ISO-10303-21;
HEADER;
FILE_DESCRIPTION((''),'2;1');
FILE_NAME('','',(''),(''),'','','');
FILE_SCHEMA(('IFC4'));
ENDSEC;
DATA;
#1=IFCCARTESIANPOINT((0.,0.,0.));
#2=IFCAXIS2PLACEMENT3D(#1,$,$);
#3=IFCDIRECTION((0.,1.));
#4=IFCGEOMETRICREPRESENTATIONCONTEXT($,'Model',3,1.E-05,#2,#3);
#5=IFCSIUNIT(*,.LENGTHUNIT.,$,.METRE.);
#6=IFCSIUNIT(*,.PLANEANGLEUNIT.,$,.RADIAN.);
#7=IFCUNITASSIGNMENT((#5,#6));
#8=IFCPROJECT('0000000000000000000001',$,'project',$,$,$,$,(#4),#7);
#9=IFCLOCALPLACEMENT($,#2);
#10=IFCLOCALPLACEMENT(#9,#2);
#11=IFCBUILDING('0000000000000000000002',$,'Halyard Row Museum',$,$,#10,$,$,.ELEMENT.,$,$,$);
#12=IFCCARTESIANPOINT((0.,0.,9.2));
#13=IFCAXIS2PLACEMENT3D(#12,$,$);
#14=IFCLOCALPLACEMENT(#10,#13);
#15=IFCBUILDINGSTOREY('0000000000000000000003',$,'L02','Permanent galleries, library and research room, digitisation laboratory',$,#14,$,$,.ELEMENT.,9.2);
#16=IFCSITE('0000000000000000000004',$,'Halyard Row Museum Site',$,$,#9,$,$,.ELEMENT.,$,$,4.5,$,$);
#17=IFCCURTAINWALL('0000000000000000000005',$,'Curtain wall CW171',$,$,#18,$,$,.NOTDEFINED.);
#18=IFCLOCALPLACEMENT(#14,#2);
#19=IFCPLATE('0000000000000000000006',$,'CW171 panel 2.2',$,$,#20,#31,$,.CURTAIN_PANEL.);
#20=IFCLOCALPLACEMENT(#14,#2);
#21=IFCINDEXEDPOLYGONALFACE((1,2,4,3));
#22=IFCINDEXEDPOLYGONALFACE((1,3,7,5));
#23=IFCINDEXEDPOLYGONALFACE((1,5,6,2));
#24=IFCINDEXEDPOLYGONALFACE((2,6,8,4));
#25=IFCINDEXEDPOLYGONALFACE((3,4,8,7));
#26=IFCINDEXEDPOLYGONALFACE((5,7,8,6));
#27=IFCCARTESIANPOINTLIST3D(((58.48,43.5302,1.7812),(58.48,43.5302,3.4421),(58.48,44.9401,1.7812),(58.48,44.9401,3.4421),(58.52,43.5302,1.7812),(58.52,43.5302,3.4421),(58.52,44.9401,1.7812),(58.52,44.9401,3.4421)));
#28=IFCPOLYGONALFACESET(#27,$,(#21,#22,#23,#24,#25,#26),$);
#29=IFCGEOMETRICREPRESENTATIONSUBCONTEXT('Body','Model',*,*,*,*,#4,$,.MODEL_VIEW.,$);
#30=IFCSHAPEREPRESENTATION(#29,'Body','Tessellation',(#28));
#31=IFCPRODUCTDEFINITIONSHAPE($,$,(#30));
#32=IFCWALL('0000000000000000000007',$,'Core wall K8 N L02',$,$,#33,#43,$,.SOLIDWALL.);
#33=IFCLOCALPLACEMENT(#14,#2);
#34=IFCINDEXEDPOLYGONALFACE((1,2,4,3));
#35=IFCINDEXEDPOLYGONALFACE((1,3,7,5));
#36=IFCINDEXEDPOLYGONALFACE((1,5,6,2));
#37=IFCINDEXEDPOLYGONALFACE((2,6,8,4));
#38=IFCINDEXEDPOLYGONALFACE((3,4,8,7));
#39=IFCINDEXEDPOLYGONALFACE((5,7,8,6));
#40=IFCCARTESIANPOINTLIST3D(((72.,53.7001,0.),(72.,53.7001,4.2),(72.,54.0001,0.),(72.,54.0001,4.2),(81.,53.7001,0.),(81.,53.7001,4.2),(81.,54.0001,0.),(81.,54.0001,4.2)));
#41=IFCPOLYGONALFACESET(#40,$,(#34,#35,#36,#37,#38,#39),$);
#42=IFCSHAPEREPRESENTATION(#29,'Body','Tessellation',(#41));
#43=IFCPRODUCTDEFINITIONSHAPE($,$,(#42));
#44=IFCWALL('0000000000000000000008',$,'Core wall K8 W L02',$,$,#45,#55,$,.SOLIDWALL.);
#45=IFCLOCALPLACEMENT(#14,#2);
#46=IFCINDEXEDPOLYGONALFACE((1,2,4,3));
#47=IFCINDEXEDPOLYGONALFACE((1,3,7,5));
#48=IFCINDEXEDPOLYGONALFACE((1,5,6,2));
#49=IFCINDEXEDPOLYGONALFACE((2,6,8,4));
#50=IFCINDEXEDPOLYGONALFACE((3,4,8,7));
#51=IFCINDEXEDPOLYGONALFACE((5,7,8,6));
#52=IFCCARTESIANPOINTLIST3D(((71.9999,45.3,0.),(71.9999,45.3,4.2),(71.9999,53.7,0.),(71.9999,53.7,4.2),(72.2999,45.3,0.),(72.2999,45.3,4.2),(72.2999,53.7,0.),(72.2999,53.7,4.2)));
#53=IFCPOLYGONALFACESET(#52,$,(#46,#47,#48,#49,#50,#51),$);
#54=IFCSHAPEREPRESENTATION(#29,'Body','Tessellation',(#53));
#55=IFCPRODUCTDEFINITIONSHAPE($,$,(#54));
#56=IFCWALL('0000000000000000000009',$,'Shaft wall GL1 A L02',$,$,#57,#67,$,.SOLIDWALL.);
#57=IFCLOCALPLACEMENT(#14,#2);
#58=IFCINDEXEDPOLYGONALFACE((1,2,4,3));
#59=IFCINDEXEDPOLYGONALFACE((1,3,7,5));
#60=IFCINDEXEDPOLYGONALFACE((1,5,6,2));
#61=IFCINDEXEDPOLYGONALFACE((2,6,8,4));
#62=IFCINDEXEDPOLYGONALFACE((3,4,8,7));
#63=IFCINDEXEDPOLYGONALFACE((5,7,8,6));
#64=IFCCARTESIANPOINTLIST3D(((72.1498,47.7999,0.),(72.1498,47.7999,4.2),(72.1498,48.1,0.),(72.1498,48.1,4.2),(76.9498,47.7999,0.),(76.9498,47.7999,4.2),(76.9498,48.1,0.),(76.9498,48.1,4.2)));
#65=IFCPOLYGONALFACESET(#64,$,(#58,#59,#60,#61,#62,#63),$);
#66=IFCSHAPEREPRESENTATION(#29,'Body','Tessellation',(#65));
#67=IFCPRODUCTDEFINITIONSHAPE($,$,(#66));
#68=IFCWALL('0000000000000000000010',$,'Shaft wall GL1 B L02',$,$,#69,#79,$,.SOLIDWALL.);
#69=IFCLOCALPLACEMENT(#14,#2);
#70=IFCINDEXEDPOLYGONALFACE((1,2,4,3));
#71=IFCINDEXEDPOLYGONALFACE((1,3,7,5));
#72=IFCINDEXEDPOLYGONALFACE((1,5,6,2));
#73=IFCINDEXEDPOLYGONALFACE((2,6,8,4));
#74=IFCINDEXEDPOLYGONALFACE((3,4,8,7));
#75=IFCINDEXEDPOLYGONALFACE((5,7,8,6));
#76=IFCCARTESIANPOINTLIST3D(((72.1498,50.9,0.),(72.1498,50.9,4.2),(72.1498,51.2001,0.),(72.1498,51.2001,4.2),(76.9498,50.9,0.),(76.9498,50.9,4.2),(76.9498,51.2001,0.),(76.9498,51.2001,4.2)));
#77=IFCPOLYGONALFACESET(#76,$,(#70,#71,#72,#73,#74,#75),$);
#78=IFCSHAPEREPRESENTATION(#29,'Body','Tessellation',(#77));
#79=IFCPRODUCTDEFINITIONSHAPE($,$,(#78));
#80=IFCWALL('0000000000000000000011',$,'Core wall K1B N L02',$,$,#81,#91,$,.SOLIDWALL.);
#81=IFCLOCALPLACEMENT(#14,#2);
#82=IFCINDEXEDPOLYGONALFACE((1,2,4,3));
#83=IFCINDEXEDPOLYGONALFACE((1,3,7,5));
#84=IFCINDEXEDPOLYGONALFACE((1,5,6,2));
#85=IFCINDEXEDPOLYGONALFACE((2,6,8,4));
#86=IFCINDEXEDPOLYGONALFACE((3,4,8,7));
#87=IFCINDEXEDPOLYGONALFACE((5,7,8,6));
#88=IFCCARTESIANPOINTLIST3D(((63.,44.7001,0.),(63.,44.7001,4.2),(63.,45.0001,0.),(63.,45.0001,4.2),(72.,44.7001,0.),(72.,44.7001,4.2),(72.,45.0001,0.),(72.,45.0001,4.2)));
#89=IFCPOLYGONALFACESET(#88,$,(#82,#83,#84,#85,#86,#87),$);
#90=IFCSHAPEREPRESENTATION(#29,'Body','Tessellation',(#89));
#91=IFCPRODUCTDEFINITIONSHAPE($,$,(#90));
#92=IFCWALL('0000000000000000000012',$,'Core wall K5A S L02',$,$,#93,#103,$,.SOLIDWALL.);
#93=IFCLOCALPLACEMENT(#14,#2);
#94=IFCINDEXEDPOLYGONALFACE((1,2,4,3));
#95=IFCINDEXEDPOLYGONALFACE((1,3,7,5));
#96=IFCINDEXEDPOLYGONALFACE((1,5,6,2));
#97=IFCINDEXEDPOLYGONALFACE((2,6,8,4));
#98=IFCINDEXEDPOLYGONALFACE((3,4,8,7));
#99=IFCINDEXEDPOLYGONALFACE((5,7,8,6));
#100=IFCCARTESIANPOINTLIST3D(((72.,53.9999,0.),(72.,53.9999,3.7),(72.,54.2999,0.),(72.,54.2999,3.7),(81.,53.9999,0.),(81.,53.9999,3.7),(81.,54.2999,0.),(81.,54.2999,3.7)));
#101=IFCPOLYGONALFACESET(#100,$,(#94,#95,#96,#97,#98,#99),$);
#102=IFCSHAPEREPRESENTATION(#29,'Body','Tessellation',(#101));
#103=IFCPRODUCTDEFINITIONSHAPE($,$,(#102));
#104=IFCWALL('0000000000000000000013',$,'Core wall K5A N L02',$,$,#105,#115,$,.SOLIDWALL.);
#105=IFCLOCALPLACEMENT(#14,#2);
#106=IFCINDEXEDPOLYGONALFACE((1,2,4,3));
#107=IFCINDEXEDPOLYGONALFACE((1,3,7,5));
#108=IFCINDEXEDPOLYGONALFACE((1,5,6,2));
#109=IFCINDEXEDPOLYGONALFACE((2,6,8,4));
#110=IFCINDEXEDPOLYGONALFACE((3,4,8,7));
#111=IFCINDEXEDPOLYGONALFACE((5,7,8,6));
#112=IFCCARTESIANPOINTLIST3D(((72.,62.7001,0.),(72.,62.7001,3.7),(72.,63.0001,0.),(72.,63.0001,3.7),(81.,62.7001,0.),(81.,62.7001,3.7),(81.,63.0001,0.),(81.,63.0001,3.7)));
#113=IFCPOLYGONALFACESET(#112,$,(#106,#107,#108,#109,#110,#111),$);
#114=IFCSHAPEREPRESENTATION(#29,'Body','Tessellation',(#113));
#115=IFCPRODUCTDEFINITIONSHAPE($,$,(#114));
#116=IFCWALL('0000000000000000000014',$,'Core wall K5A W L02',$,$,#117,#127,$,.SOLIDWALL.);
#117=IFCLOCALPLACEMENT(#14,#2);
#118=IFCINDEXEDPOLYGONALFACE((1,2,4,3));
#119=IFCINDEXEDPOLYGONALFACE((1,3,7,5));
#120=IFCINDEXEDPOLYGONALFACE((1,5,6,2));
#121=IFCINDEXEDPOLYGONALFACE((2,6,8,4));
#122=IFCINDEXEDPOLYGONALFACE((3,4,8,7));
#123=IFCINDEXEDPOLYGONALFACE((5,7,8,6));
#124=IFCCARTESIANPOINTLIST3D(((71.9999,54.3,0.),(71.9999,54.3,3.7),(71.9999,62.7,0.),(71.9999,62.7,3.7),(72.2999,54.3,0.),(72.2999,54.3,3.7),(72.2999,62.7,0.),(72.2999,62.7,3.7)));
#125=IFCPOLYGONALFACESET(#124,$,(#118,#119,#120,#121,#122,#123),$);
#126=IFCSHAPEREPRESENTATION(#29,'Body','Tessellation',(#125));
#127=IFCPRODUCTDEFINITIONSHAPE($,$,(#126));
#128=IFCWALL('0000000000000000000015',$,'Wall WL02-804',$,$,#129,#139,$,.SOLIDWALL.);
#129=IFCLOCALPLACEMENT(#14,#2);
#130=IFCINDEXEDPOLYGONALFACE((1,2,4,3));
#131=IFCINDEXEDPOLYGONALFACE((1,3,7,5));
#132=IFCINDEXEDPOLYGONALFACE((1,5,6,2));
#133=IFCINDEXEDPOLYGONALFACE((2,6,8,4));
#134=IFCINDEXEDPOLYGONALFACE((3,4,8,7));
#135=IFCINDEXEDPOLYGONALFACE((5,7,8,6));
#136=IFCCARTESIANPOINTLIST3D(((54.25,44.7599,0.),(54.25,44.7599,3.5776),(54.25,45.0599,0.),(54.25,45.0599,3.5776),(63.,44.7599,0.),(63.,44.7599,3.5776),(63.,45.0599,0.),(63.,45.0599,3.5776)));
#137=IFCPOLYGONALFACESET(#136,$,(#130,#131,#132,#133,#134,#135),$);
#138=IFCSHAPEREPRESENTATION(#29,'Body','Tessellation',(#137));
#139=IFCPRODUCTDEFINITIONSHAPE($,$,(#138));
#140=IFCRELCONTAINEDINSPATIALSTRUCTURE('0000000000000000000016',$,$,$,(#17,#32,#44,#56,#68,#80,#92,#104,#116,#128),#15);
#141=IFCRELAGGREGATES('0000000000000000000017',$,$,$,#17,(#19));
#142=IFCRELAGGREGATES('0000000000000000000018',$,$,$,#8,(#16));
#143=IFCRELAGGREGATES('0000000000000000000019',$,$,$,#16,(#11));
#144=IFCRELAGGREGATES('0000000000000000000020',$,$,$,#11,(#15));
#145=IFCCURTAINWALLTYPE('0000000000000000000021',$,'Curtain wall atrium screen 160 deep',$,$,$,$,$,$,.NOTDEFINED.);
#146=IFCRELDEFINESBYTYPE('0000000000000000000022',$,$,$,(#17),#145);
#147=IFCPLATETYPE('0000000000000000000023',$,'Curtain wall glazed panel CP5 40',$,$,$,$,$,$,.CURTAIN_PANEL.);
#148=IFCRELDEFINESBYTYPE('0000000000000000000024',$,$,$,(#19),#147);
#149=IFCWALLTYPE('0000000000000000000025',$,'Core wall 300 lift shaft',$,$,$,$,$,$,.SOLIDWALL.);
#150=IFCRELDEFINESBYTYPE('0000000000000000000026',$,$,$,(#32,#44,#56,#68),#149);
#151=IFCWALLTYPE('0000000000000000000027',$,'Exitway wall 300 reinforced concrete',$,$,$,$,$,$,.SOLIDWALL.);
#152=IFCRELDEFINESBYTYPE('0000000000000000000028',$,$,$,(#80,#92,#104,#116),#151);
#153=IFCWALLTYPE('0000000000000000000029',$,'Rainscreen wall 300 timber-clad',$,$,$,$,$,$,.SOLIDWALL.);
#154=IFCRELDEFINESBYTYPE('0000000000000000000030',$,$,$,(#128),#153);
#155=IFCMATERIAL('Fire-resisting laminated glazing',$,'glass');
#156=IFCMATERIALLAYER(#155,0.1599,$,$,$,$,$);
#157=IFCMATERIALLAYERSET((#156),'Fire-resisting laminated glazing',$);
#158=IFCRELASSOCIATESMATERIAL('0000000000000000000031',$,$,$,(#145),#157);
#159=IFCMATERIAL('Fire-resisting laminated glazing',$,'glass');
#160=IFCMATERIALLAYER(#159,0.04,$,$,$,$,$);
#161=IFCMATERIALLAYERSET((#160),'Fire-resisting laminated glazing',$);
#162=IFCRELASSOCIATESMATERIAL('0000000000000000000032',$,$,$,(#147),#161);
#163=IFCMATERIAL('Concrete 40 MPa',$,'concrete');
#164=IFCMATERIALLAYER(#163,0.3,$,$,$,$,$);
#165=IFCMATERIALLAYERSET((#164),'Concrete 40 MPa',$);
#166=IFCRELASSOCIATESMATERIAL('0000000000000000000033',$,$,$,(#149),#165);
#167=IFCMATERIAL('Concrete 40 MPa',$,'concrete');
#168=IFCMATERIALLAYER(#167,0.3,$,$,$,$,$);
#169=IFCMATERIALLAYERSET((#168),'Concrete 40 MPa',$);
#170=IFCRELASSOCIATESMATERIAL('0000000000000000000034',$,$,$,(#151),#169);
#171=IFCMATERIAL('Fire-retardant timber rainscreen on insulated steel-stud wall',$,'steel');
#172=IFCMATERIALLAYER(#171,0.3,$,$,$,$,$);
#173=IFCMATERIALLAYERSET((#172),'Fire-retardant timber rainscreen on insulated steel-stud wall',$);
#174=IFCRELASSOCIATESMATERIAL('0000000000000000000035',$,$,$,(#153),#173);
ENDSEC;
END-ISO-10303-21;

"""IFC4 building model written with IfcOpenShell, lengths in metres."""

from ifc_helpers import new_model, si_unit, direction, frame, frame_2d, origin, origin_2d, place, context, subcontext, project, spatial, rectangle, extrude, material, layer, layer_set, type_object, element, aggregate, save


model = new_model("IFC4")

# Units and contexts
model_context = context("Model", 3, precision=1e-05, world=origin(), true_north=direction((0.0, 1.0)))
body_context = subcontext(model_context, "Body", "Model", "MODEL_VIEW")
ifc_project = project(units=[si_unit("LENGTHUNIT", "METRE"), si_unit("PLANEANGLEUNIT", "RADIAN")], contexts=[model_context])

# Site, building, storey
site_placement = place(None, origin())
site = spatial("IfcSite", under=ifc_project, at=site_placement, Name="Halyard Row Museum Site", CompositionType="ELEMENT", RefElevation=4.5)
building_placement = place(site_placement, origin())
building = spatial("IfcBuilding", under=site, at=building_placement, Name="Halyard Row Museum", CompositionType="ELEMENT")
storey_placement = place(building_placement, frame((0.0, 0.0, 9.2)))
storey = spatial("IfcBuildingStorey", under=building, at=storey_placement, Name="L02", Description="Permanent galleries, library and research room, digitisation laboratory", CompositionType="ELEMENT", Elevation=9.2)

# Curtain wall, plate
ifc_material_1 = material(Name="Fire-resisting laminated glazing", Category="glass")
ifc_layer_1 = layer(ifc_material_1, 0.1599)
ifc_layer_set_1 = layer_set([ifc_layer_1], Name="Fire-resisting laminated glazing")
curtain_wall_type = type_object("IfcCurtainWallType", Name="Curtain wall atrium screen 160 deep", PredefinedType="NOTDEFINED", material=ifc_layer_set_1)
curtain_wall_placement = place(storey_placement, origin())
curtain_wall = element("IfcCurtainWall", 1, at=curtain_wall_placement, inside=storey, type_object=curtain_wall_type, Name="Curtain wall CW171", PredefinedType="NOTDEFINED")
ifc_material_2 = material(Name="Fire-resisting laminated glazing", Category="glass")
ifc_layer_2 = layer(ifc_material_2, 0.04)
ifc_layer_set_2 = layer_set([ifc_layer_2], Name="Fire-resisting laminated glazing")
plate_type = type_object("IfcPlateType", Name="Curtain wall glazed panel CP5 40", PredefinedType="CURTAIN_PANEL", material=ifc_layer_set_2)
plate_1_placement = place(storey_placement, frame((58.5, 44.2351, 1.7812), z_axis=(0.0, 0.0, 1.0), x_axis=(0.0, 1.0, 0.0)))
plate_1 = element("IfcPlate", 2, at=plate_1_placement, type_object=plate_type, Name="CW171 panel 2.2", PredefinedType="CURTAIN_PANEL", context=body_context, shape_type="SweptSolid", body=[
    extrude(rectangle(XDim=1.4099, YDim=0.04, at=origin_2d()), origin(), (0.0, 0.0, 1.0), 1.6609),
])
aggregate(curtain_wall, [plate_1])

# Shared definitions
ifc_material_3 = material(Name="Concrete 40 MPa", Category="concrete")
ifc_layer_3 = layer(ifc_material_3, 0.3)
ifc_layer_set_3 = layer_set([ifc_layer_3], Name="Concrete 40 MPa")
wall_type_1 = type_object("IfcWallType", Name="Core wall 300 lift shaft", PredefinedType="SOLIDWALL", material=ifc_layer_set_3)

# Walls
wall_1_placement = place(storey_placement, frame((72.0, 53.8501, 0.0), z_axis=(0.0, 0.0, 1.0), x_axis=(1.0, 0.0, 0.0)))
element("IfcWall", 3, at=wall_1_placement, inside=storey, type_object=wall_type_1, Name="Core wall K8 N L02", PredefinedType="SOLIDWALL", context=body_context, shape_type="SweptSolid", body=[
    extrude(rectangle(XDim=9.0, YDim=0.3, at=frame_2d((4.5, 0.0))), origin(), (0.0, 0.0, 1.0), 4.2),
])
wall_2_placement = place(storey_placement, frame((72.1499, 45.3, 0.0), z_axis=(0.0, 0.0, 1.0), x_axis=(0.0, 1.0, 0.0)))
element("IfcWall", 4, at=wall_2_placement, inside=storey, type_object=wall_type_1, Name="Core wall K8 W L02", PredefinedType="SOLIDWALL", context=body_context, shape_type="SweptSolid", body=[
    extrude(rectangle(XDim=8.3999, YDim=0.3, at=frame_2d((4.2, 0.0))), origin(), (0.0, 0.0, 1.0), 4.2),
])

# Walls
for number, where, z_axis, x_axis, name in (
    (5, (72.1499, 47.95, 0.0), (0.0, 0.0, 1.0), (1.0, 0.0, 0.0), "Shaft wall GL1 A L02"),
    (6, (72.1499, 51.05, 0.0), (0.0, 0.0, 1.0), (1.0, 0.0, 0.0), "Shaft wall GL1 B L02"),
):
    element("IfcWall", number, at=place(storey_placement, frame(where, z_axis=z_axis, x_axis=x_axis)), inside=storey, type_object=wall_type_1, Name=name, PredefinedType="SOLIDWALL", context=body_context, shape_type="SweptSolid", body=[
        extrude(rectangle(XDim=4.8, YDim=0.3, at=frame_2d((2.3999, 0.0))), origin(), (0.0, 0.0, 1.0), 4.2),
    ])
ifc_material_4 = material(Name="Concrete 40 MPa", Category="concrete")
ifc_layer_4 = layer(ifc_material_4, 0.3)
ifc_layer_set_4 = layer_set([ifc_layer_4], Name="Concrete 40 MPa")
wall_type_2 = type_object("IfcWallType", Name="Exitway wall 300 reinforced concrete", PredefinedType="SOLIDWALL", material=ifc_layer_set_4)
wall_3_placement = place(storey_placement, frame((63.0, 44.8501, 0.0), z_axis=(0.0, 0.0, 1.0), x_axis=(1.0, 0.0, 0.0)))
element("IfcWall", 7, at=wall_3_placement, inside=storey, type_object=wall_type_2, Name="Core wall K1B N L02", PredefinedType="SOLIDWALL", context=body_context, shape_type="SweptSolid", body=[
    extrude(rectangle(XDim=9.0, YDim=0.3, at=frame_2d((4.5, 0.0))), origin(), (0.0, 0.0, 1.0), 4.2),
])
for number, where, z_axis, x_axis, name in (
    (8, (72.0, 54.1499, 0.0), (0.0, 0.0, 1.0), (1.0, 0.0, 0.0), "Core wall K5A S L02"),
    (9, (72.0, 62.8501, 0.0), (0.0, 0.0, 1.0), (1.0, 0.0, 0.0), "Core wall K5A N L02"),
):
    element("IfcWall", number, at=place(storey_placement, frame(where, z_axis=z_axis, x_axis=x_axis)), inside=storey, type_object=wall_type_2, Name=name, PredefinedType="SOLIDWALL", context=body_context, shape_type="SweptSolid", body=[
        extrude(rectangle(XDim=9.0, YDim=0.3, at=frame_2d((4.5, 0.0))), origin(), (0.0, 0.0, 1.0), 3.7),
    ])
wall_4_placement = place(storey_placement, frame((72.1499, 54.3, 0.0), z_axis=(0.0, 0.0, 1.0), x_axis=(0.0, 1.0, 0.0)))
element("IfcWall", 10, at=wall_4_placement, inside=storey, type_object=wall_type_2, Name="Core wall K5A W L02", PredefinedType="SOLIDWALL", context=body_context, shape_type="SweptSolid", body=[
    extrude(rectangle(XDim=8.3999, YDim=0.3, at=frame_2d((4.2, 0.0))), origin(), (0.0, 0.0, 1.0), 3.7),
])
ifc_material_5 = material(Name="Fire-retardant timber rainscreen on insulated steel-stud wall", Category="steel")
ifc_layer_5 = layer(ifc_material_5, 0.3)
ifc_layer_set_5 = layer_set([ifc_layer_5], Name="Fire-retardant timber rainscreen on insulated steel-stud wall")
wall_type_3 = type_object("IfcWallType", Name="Rainscreen wall 300 timber-clad", PredefinedType="SOLIDWALL", material=ifc_layer_set_5)
wall_5_placement = place(storey_placement, frame((54.25, 44.9099, 0.0), z_axis=(0.0, 0.0, 1.0), x_axis=(1.0, 0.0, 0.0)))
element("IfcWall", 11, at=wall_5_placement, inside=storey, type_object=wall_type_3, Name="Wall WL02-804", PredefinedType="SOLIDWALL", context=body_context, shape_type="SweptSolid", body=[
    extrude(rectangle(XDim=8.75, YDim=0.3, at=frame_2d((4.375, 0.0))), origin(), (0.0, 0.0, 1.0), 3.5776),
])

save(model, "model.ifc")
